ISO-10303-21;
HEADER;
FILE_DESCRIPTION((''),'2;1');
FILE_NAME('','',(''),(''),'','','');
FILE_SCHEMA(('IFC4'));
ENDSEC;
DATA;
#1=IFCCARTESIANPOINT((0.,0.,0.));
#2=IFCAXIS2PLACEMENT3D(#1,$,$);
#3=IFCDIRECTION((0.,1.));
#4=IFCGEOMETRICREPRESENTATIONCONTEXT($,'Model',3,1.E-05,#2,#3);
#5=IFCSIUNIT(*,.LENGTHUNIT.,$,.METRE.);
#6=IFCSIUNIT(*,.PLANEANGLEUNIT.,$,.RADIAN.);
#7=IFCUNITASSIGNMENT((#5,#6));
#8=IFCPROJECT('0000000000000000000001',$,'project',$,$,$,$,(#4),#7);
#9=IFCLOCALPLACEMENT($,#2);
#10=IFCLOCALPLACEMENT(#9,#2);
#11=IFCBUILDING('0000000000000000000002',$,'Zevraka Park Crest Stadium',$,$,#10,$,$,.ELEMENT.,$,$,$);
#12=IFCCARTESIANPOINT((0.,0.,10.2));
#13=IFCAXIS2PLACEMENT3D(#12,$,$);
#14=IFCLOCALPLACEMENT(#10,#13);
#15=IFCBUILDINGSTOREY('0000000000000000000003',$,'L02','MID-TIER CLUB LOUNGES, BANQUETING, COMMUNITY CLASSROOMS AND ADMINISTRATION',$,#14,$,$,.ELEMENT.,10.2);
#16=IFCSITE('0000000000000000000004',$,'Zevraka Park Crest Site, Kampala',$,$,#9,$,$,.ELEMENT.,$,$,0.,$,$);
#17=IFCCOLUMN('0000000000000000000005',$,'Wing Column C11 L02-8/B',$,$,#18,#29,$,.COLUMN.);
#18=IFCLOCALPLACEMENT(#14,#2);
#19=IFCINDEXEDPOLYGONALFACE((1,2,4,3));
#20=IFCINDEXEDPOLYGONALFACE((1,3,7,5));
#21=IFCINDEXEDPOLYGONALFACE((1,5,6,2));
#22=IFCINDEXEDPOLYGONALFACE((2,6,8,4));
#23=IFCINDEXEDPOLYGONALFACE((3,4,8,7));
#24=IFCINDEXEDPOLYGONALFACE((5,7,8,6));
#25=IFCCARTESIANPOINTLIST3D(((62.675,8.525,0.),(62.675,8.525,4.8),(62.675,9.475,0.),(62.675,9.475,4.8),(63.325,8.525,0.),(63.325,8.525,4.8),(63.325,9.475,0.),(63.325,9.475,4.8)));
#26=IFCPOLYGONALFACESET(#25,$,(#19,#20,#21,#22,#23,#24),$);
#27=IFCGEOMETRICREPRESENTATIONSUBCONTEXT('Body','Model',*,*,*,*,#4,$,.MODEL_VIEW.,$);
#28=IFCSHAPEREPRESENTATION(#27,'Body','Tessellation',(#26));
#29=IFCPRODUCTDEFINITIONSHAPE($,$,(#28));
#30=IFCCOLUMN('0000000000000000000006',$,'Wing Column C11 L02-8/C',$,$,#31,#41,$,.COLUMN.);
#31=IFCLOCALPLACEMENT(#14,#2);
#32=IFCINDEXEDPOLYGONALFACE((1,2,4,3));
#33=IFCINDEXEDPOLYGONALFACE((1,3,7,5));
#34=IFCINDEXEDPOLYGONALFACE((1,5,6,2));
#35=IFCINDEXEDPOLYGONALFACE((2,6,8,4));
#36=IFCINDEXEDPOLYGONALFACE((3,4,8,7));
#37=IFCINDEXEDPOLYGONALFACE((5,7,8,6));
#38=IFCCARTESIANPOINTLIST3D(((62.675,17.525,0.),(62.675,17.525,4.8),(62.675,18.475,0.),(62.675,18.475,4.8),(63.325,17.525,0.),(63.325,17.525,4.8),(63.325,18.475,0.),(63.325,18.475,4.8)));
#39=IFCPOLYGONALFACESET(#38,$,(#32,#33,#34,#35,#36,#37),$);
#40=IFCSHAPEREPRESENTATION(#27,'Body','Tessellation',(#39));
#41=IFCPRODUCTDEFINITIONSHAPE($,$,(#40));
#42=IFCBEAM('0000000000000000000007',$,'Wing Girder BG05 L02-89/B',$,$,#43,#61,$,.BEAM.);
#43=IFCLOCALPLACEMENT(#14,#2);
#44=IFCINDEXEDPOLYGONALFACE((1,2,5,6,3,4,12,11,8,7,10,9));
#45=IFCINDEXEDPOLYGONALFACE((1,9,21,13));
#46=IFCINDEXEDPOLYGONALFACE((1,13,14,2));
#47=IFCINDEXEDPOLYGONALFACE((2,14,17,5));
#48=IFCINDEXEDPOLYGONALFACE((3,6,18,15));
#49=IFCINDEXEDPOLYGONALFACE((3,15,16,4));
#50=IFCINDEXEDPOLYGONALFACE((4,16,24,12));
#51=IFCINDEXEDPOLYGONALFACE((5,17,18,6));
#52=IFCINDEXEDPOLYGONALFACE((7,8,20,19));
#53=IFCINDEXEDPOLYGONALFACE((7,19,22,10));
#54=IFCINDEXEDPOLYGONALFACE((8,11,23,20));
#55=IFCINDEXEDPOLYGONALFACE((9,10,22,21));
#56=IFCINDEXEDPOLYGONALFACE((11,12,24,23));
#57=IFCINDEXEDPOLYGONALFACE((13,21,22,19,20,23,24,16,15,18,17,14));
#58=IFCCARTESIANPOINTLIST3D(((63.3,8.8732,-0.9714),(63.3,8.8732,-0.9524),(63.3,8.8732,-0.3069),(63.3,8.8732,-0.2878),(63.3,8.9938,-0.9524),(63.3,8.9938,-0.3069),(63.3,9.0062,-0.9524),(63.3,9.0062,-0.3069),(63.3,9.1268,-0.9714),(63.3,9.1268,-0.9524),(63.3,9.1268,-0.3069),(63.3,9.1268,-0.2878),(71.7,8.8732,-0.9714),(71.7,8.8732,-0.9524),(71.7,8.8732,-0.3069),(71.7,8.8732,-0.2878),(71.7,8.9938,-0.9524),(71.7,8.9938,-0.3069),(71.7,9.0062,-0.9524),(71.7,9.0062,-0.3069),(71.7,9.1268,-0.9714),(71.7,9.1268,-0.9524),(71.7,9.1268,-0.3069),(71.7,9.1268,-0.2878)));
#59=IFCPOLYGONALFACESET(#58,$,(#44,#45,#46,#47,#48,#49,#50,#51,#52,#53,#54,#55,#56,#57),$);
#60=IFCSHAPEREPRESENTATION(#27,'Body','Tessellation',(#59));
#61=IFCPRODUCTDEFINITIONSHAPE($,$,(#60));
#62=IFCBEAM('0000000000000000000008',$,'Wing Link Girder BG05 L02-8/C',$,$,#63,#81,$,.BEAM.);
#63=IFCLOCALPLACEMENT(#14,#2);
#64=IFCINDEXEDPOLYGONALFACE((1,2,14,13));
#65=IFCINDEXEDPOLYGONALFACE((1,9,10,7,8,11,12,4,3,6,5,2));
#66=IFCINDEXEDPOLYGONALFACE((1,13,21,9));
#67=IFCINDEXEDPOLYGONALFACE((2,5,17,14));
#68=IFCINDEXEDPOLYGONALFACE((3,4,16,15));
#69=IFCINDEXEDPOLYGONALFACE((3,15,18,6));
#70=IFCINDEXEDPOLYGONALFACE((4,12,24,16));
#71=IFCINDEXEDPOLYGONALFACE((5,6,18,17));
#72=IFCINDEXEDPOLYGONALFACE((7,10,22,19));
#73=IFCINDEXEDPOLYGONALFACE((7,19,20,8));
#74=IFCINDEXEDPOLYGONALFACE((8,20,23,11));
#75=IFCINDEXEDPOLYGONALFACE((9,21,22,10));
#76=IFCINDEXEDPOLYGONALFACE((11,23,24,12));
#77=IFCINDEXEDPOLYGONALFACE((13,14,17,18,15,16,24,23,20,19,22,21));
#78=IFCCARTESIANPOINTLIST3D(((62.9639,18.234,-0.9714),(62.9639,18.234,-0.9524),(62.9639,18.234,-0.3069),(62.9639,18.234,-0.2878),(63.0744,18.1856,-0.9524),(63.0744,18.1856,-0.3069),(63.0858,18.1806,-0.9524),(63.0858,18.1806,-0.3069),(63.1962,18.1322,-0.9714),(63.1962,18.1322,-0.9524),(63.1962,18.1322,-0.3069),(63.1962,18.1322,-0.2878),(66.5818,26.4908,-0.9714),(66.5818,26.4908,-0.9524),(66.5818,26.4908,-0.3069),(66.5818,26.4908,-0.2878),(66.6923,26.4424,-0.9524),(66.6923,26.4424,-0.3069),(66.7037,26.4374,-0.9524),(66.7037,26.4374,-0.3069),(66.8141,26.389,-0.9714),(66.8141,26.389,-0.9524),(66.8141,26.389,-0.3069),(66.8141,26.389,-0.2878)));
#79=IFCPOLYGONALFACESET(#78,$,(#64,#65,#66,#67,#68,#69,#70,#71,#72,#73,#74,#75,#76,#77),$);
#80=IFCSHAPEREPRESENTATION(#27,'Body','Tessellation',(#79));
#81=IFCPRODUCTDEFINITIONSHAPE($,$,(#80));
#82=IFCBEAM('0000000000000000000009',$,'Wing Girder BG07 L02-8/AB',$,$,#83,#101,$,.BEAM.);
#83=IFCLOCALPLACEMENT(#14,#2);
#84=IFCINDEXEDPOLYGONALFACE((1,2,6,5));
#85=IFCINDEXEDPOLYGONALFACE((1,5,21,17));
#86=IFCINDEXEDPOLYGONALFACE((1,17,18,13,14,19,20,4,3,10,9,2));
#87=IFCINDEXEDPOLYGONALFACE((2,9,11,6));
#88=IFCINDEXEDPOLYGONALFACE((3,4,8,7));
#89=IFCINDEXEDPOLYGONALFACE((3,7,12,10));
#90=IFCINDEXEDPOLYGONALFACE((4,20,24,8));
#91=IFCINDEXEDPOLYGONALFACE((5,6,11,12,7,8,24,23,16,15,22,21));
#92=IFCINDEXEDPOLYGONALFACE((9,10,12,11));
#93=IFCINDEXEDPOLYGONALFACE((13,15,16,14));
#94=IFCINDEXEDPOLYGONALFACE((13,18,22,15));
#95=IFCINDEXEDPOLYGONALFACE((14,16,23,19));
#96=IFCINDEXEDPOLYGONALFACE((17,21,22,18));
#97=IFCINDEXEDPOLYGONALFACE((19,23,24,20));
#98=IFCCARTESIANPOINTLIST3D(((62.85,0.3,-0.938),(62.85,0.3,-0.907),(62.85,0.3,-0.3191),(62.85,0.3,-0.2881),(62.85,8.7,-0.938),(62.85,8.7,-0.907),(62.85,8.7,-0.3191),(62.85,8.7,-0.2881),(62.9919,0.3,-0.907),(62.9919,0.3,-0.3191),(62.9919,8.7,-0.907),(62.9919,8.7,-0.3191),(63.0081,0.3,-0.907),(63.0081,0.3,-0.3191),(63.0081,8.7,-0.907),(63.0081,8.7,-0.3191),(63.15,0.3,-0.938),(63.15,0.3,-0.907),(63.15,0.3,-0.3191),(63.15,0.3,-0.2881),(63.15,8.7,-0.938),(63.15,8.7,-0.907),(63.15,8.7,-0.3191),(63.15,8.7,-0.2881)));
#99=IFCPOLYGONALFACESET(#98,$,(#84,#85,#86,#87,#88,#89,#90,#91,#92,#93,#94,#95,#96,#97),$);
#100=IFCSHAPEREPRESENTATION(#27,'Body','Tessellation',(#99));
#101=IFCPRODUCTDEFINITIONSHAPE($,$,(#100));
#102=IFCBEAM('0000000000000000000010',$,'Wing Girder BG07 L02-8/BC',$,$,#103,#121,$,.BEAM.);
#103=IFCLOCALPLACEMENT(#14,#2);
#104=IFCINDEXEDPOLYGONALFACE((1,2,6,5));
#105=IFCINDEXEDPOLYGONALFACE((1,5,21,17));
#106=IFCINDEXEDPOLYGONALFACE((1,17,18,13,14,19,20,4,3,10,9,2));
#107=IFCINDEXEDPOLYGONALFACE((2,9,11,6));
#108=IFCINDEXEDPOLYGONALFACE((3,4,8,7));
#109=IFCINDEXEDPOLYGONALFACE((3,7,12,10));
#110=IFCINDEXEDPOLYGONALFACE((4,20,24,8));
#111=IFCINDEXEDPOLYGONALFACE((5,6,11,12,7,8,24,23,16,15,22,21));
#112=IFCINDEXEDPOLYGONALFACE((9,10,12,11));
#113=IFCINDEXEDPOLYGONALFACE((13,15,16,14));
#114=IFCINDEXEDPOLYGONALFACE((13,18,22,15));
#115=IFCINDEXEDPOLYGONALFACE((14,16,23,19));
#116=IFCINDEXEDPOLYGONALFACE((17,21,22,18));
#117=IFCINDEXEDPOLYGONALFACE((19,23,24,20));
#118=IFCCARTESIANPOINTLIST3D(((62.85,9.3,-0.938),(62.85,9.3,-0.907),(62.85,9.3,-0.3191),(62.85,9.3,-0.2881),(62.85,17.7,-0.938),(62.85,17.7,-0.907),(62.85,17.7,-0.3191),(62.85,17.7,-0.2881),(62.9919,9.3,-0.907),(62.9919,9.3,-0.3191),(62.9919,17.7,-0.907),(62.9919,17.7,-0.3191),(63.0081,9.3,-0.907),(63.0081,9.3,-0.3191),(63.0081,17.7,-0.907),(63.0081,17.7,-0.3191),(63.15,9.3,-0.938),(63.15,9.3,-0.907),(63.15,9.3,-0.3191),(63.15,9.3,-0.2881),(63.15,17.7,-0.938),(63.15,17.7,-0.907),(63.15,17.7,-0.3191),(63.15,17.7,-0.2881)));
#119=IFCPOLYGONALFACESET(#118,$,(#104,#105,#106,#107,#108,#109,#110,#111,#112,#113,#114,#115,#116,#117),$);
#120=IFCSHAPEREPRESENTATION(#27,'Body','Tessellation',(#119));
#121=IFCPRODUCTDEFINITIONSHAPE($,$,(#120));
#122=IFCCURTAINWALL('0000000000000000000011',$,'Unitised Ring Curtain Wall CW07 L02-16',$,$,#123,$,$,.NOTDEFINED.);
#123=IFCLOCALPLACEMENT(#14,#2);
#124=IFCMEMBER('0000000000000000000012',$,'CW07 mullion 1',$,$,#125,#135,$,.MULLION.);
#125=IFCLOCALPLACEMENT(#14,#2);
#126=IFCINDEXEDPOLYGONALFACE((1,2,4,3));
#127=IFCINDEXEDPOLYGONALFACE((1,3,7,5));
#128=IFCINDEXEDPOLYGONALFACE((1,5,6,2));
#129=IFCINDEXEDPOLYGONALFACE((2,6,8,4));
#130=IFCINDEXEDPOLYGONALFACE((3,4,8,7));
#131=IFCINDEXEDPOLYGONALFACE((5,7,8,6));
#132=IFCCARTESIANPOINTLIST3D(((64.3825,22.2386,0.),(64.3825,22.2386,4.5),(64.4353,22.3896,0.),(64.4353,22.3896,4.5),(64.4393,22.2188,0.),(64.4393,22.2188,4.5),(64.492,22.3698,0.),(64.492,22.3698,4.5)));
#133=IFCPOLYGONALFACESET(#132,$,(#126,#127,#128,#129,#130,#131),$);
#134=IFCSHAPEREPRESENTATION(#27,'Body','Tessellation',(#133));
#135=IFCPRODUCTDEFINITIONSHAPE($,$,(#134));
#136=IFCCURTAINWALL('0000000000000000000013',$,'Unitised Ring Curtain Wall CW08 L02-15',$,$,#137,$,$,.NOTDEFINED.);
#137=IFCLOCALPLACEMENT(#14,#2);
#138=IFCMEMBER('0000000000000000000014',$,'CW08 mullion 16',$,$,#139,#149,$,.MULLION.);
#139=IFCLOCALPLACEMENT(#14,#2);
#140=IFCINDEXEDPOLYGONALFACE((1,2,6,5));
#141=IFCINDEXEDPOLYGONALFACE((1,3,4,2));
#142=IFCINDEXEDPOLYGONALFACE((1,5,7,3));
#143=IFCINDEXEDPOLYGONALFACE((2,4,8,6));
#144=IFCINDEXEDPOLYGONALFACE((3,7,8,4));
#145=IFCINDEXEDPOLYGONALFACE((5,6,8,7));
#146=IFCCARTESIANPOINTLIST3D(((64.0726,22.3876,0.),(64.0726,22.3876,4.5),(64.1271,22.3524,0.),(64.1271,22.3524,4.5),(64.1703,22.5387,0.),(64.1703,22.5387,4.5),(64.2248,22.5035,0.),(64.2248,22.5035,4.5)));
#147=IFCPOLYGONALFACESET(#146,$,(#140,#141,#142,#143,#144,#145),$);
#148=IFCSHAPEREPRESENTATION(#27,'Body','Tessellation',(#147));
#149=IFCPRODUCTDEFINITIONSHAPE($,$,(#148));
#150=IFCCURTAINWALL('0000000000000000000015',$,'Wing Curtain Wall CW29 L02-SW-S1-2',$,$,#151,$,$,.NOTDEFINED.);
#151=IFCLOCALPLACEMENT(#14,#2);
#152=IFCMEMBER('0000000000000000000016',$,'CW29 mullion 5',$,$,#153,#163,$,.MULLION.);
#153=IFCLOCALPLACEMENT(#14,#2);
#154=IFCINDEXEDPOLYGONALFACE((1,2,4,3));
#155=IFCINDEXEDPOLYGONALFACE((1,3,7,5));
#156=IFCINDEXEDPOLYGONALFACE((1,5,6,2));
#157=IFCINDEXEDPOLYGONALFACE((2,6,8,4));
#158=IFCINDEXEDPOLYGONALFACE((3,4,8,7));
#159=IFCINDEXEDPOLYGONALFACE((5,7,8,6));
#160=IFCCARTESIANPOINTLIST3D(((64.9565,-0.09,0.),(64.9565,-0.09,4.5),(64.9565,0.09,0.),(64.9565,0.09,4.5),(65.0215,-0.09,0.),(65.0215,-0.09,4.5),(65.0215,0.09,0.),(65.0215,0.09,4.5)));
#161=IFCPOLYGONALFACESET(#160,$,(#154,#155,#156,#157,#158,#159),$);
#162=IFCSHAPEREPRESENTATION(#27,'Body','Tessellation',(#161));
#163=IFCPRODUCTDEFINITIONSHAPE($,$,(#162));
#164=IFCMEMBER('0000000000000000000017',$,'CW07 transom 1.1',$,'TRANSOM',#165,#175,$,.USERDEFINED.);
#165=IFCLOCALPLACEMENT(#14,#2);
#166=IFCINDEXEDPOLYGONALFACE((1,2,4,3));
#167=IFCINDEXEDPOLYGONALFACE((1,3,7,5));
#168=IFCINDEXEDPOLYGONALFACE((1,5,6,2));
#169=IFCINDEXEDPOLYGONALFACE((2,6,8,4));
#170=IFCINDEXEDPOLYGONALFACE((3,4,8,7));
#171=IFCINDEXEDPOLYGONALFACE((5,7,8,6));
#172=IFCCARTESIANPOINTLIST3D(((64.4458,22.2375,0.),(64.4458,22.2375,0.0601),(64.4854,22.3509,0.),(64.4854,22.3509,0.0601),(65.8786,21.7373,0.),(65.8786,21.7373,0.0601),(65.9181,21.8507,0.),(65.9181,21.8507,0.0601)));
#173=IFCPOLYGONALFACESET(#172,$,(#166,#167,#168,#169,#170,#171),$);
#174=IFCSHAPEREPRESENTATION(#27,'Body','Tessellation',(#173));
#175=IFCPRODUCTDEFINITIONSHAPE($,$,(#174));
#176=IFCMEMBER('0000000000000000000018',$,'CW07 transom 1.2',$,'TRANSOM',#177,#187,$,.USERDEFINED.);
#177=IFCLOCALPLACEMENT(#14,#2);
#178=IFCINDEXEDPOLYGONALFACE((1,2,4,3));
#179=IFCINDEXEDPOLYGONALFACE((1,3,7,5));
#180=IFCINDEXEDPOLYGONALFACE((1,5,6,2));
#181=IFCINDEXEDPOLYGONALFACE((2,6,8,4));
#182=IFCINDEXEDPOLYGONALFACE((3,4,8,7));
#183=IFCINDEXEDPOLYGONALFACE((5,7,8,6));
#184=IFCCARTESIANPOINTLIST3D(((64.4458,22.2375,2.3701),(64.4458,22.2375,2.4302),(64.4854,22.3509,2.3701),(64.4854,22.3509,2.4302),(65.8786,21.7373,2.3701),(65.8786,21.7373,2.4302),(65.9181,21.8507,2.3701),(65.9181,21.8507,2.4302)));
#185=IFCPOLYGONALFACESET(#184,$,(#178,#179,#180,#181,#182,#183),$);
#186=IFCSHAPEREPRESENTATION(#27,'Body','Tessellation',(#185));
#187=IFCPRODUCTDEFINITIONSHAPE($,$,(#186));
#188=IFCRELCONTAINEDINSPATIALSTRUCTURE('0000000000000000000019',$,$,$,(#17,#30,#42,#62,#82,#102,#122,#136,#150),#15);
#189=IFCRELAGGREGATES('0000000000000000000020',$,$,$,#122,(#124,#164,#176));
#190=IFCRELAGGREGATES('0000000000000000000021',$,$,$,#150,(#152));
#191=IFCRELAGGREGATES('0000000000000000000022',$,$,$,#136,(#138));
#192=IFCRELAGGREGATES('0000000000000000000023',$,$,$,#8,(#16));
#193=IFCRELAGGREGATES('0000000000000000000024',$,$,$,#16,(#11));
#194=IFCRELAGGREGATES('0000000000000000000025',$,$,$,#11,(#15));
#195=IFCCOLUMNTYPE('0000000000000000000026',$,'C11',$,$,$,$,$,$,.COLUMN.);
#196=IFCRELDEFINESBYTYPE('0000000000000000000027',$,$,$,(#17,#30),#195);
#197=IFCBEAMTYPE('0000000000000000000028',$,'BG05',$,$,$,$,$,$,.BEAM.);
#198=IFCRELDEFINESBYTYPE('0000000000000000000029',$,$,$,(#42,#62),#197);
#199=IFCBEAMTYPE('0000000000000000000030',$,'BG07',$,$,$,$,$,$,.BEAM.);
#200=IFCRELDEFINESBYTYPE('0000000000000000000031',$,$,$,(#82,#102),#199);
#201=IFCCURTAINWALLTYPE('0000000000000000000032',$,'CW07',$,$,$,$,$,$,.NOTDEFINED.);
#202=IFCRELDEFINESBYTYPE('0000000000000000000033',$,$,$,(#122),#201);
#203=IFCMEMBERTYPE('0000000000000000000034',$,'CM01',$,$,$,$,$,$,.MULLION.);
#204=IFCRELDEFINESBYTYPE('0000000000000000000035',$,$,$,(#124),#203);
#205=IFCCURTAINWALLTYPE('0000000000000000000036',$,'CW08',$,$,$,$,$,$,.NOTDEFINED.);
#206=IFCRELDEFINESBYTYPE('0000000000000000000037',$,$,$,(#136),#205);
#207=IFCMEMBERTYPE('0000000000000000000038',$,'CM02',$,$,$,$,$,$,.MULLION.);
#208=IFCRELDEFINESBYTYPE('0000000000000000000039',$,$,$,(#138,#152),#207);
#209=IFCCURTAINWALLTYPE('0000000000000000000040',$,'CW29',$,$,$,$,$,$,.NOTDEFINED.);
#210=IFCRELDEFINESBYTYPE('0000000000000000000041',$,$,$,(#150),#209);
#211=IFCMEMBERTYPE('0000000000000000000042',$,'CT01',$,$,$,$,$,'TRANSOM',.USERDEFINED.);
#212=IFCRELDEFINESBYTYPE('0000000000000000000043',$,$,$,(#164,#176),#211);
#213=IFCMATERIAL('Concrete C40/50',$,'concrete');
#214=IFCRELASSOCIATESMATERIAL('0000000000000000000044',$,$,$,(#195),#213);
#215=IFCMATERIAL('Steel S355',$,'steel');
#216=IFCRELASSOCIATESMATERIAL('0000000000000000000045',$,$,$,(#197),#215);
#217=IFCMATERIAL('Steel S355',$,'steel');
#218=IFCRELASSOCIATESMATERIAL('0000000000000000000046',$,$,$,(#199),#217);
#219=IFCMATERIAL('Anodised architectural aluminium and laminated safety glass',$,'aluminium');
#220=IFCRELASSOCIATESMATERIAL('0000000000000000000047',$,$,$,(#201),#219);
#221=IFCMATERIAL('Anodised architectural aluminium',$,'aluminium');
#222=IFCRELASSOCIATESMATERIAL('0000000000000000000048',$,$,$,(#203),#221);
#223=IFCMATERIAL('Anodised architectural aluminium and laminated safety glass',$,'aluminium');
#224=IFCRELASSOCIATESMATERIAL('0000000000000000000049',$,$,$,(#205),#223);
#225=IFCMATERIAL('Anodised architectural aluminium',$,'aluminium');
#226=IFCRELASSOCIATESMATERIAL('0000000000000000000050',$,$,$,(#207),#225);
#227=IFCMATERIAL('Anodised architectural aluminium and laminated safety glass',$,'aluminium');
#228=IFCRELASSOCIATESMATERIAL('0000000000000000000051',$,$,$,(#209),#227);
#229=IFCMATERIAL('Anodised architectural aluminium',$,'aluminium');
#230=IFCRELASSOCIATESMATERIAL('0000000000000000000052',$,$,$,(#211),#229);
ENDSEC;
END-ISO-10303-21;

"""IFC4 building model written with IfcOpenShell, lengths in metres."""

from ifc_helpers import new_model, si_unit, direction, frame, origin, origin_2d, place, context, subcontext, project, spatial, rectangle, i_section, extrude, material, material_profile, profile_set, type_object, element, aggregate, save


model = new_model("IFC4")

# Units and contexts
model_context = context("Model", 3, precision=1e-05, world=origin(), true_north=direction((0.0, 1.0)))
body_context = subcontext(model_context, "Body", "Model", "MODEL_VIEW")
ifc_project = project(units=[si_unit("LENGTHUNIT", "METRE"), si_unit("PLANEANGLEUNIT", "RADIAN")], contexts=[model_context])

# Site, building, storey
site_placement = place(None, origin())
site = spatial("IfcSite", under=ifc_project, at=site_placement, Name="Zevraka Park Crest Site, Kampala", CompositionType="ELEMENT", RefElevation=0.0)
building_placement = place(site_placement, origin())
building = spatial("IfcBuilding", under=site, at=building_placement, Name="Zevraka Park Crest Stadium", CompositionType="ELEMENT")
storey_placement = place(building_placement, frame((0.0, 0.0, 10.2)))
storey = spatial("IfcBuildingStorey", under=building, at=storey_placement, Name="L02", Description="MID-TIER CLUB LOUNGES, BANQUETING, COMMUNITY CLASSROOMS AND ADMINISTRATION", CompositionType="ELEMENT", Elevation=10.2)

# Columns
ifc_material_1 = material(Name="Concrete C40/50", Category="concrete")
ifc_material_profile_1 = material_profile(ifc_material_1, rectangle(XDim=0.6499, YDim=0.95, at=origin_2d()), Name="RC 950x650")
ifc_profile_set_1 = profile_set([ifc_material_profile_1], Name="Concrete C40/50")
column_type = type_object("IfcColumnType", Name="C11", PredefinedType="COLUMN", material=ifc_profile_set_1)
for number, where, z_axis, x_axis, name in (
    (1, (63.0, 9.0, 0.0), (0.0, 0.0, 1.0), (1.0, 0.0, 0.0), "Wing Column C11 L02-8/B"),
    (2, (63.0, 18.0, 0.0), (0.0, 0.0, 1.0), (1.0, 0.0, 0.0), "Wing Column C11 L02-8/C"),
):
    element("IfcColumn", number, at=place(storey_placement, frame(where, z_axis=z_axis, x_axis=x_axis)), inside=storey, type_object=column_type, Name=name, PredefinedType="COLUMN", context=body_context, shape_type="SweptSolid", body=[
        extrude(rectangle(XDim=0.6499, YDim=0.95, at=origin_2d()), origin(), (0.0, 0.0, 1.0), 4.8),
    ])

# Beams
ifc_material_2 = material(Name="Steel S355", Category="steel")
ifc_material_profile_2 = material_profile(ifc_material_2, i_section(OverallWidth=0.2537, OverallDepth=0.6836, WebThickness=0.0125, FlangeThickness=0.019, at=origin_2d()), Name="UKB 686x254x140")
ifc_profile_set_2 = profile_set([ifc_material_profile_2], Name="Steel S355")
beam_type_1 = type_object("IfcBeamType", Name="BG05", PredefinedType="BEAM", material=ifc_profile_set_2)
beam_1_placement = place(storey_placement, frame((63.3, 9.0, -0.6296), z_axis=(1.0, 0.0, 0.0), x_axis=(0.0, 1.0, 0.0)))
element("IfcBeam", 3, at=beam_1_placement, inside=storey, type_object=beam_type_1, Name="Wing Girder BG05 L02-89/B", PredefinedType="BEAM", context=body_context, shape_type="SweptSolid", body=[
    extrude(i_section(OverallWidth=0.2537, OverallDepth=0.6836, WebThickness=0.0125, FlangeThickness=0.019, at=origin_2d()), origin(), (0.0, 0.0, 1.0), 8.3999),
])
beam_2_placement = place(storey_placement, frame((63.0801, 18.1831, -0.6296), z_axis=(0.401336, 0.915931, 0.0), x_axis=(-0.915931, 0.401336, 0.0)))
element("IfcBeam", 4, at=beam_2_placement, inside=storey, type_object=beam_type_1, Name="Wing Link Girder BG05 L02-8/C", PredefinedType="BEAM", context=body_context, shape_type="SweptSolid", body=[
    extrude(i_section(OverallWidth=0.2537, OverallDepth=0.6836, WebThickness=0.0125, FlangeThickness=0.019, at=origin_2d()), origin(), (0.0, 0.0, 1.0), 9.0146),
])
ifc_material_3 = material(Name="Steel S355", Category="steel")
ifc_material_profile_3 = material_profile(ifc_material_3, i_section(OverallWidth=0.3, OverallDepth=0.6499, WebThickness=0.0161, FlangeThickness=0.031, at=origin_2d()), Name="HEB 650")
ifc_profile_set_3 = profile_set([ifc_material_profile_3], Name="Steel S355")
beam_type_2 = type_object("IfcBeamType", Name="BG07", PredefinedType="BEAM", material=ifc_profile_set_3)
for number, where, z_axis, x_axis, name in (
    (5, (63.0, 0.3, -0.613), (0.0, 1.0, 0.0), (-1.0, 0.0, 0.0), "Wing Girder BG07 L02-8/AB"),
    (6, (63.0, 9.3, -0.613), (0.0, 1.0, 0.0), (-1.0, 0.0, 0.0), "Wing Girder BG07 L02-8/BC"),
):
    element("IfcBeam", number, at=place(storey_placement, frame(where, z_axis=z_axis, x_axis=x_axis)), inside=storey, type_object=beam_type_2, Name=name, PredefinedType="BEAM", context=body_context, shape_type="SweptSolid", body=[
        extrude(i_section(OverallWidth=0.3, OverallDepth=0.6499, WebThickness=0.0161, FlangeThickness=0.031, at=origin_2d()), origin(), (0.0, 0.0, 1.0), 8.3999),
    ])

# Curtain walls, members
ifc_material_4 = material(Name="Anodised architectural aluminium and laminated safety glass", Category="aluminium")
curtain_wall_type_1 = type_object("IfcCurtainWallType", Name="CW07", PredefinedType="NOTDEFINED", material=ifc_material_4)
curtain_wall_1_placement = place(storey_placement, origin())
curtain_wall_1 = element("IfcCurtainWall", 7, at=curtain_wall_1_placement, inside=storey, type_object=curtain_wall_type_1, Name="Unitised Ring Curtain Wall CW07 L02-16", PredefinedType="NOTDEFINED")
ifc_material_5 = material(Name="Anodised architectural aluminium", Category="aluminium")
ifc_material_profile_4 = material_profile(ifc_material_5, rectangle(XDim=0.1599, YDim=0.0601, at=origin_2d()), Name="ALU MULLION 160x60")
ifc_profile_set_4 = profile_set([ifc_material_profile_4], Name="Anodised architectural aluminium")
member_type_1 = type_object("IfcMemberType", Name="CM01", PredefinedType="MULLION", material=ifc_profile_set_4)
member_1_placement = place(storey_placement, frame((64.4373, 22.3042, 0.0), z_axis=(0.0, 0.0, 1.0), x_axis=(0.329619, 0.944114, 0.0)))
member_1 = element("IfcMember", 8, at=member_1_placement, type_object=member_type_1, Name="CW07 mullion 1", PredefinedType="MULLION", context=body_context, shape_type="SweptSolid", body=[
    extrude(rectangle(XDim=0.1599, YDim=0.0601, at=origin_2d()), origin(), (0.0, 0.0, 1.0), 4.5),
])
ifc_material_6 = material(Name="Anodised architectural aluminium and laminated safety glass", Category="aluminium")
curtain_wall_type_2 = type_object("IfcCurtainWallType", Name="CW08", PredefinedType="NOTDEFINED", material=ifc_material_6)
curtain_wall_2_placement = place(storey_placement, origin())
curtain_wall_2 = element("IfcCurtainWall", 9, at=curtain_wall_2_placement, inside=storey, type_object=curtain_wall_type_2, Name="Unitised Ring Curtain Wall CW08 L02-15", PredefinedType="NOTDEFINED")
ifc_material_7 = material(Name="Anodised architectural aluminium", Category="aluminium")
ifc_material_profile_5 = material_profile(ifc_material_7, rectangle(XDim=0.1799, YDim=0.0649, at=origin_2d()), Name="ALU MULLION 180x65")
ifc_profile_set_5 = profile_set([ifc_material_profile_5], Name="Anodised architectural aluminium")
member_type_2 = type_object("IfcMemberType", Name="CM02", PredefinedType="MULLION", material=ifc_profile_set_5)
member_2_placement = place(storey_placement, frame((64.1487, 22.4456, 0.0), z_axis=(0.0, 0.0, 1.0), x_axis=(0.543096, 0.83967, 0.0)))
member_2 = element("IfcMember", 10, at=member_2_placement, type_object=member_type_2, Name="CW08 mullion 16", PredefinedType="MULLION", context=body_context, shape_type="SweptSolid", body=[
    extrude(rectangle(XDim=0.1799, YDim=0.0649, at=origin_2d()), origin(), (0.0, 0.0, 1.0), 4.5),
])
ifc_material_8 = material(Name="Anodised architectural aluminium and laminated safety glass", Category="aluminium")
curtain_wall_type_3 = type_object("IfcCurtainWallType", Name="CW29", PredefinedType="NOTDEFINED", material=ifc_material_8)
curtain_wall_3_placement = place(storey_placement, origin())
curtain_wall_3 = element("IfcCurtainWall", 11, at=curtain_wall_3_placement, inside=storey, type_object=curtain_wall_type_3, Name="Wing Curtain Wall CW29 L02-SW-S1-2", PredefinedType="NOTDEFINED")
member_3_placement = place(storey_placement, frame((64.989, 0.0, 0.0), z_axis=(0.0, 0.0, 1.0), x_axis=(0.0, -1.0, 0.0)))
member_3 = element("IfcMember", 12, at=member_3_placement, type_object=member_type_2, Name="CW29 mullion 5", PredefinedType="MULLION", context=body_context, shape_type="SweptSolid", body=[
    extrude(rectangle(XDim=0.1799, YDim=0.0649, at=origin_2d()), origin(), (0.0, 0.0, 1.0), 4.5),
])

# Members
ifc_material_9 = material(Name="Anodised architectural aluminium", Category="aluminium")
ifc_material_profile_6 = material_profile(ifc_material_9, rectangle(XDim=0.1201, YDim=0.0601, at=origin_2d()), Name="ALU TRANSOM 120x60")
ifc_profile_set_6 = profile_set([ifc_material_profile_6], Name="Anodised architectural aluminium")
member_type_3 = type_object("IfcMemberType", Name="CT01", ElementType="TRANSOM", PredefinedType="USERDEFINED", material=ifc_profile_set_6)
member_4_placement = place(storey_placement, frame((64.4656, 22.2942, 0.03), z_axis=(0.944116, -0.329612, 0.0), x_axis=(0.329612, 0.944116, 0.0)))
member_4 = element("IfcMember", 13, at=member_4_placement, type_object=member_type_3, Name="CW07 transom 1.1", ObjectType="TRANSOM", PredefinedType="USERDEFINED", context=body_context, shape_type="SweptSolid", body=[
    extrude(rectangle(XDim=0.1201, YDim=0.0601, at=origin_2d()), origin(), (0.0, 0.0, 1.0), 1.5176),
])
member_5_placement = place(storey_placement, frame((64.4656, 22.2942, 2.4001), z_axis=(0.944116, -0.329612, 0.0), x_axis=(0.329612, 0.944116, 0.0)))
member_5 = element("IfcMember", 14, at=member_5_placement, type_object=member_type_3, Name="CW07 transom 1.2", ObjectType="TRANSOM", PredefinedType="USERDEFINED", context=body_context, shape_type="SweptSolid", body=[
    extrude(rectangle(XDim=0.1201, YDim=0.0601, at=origin_2d()), origin(), (0.0, 0.0, 1.0), 1.5176),
])
aggregate(curtain_wall_1, [member_1, member_4, member_5])
aggregate(curtain_wall_3, [member_3])

aggregate(curtain_wall_2, [member_2])

save(model, "model.ifc")
